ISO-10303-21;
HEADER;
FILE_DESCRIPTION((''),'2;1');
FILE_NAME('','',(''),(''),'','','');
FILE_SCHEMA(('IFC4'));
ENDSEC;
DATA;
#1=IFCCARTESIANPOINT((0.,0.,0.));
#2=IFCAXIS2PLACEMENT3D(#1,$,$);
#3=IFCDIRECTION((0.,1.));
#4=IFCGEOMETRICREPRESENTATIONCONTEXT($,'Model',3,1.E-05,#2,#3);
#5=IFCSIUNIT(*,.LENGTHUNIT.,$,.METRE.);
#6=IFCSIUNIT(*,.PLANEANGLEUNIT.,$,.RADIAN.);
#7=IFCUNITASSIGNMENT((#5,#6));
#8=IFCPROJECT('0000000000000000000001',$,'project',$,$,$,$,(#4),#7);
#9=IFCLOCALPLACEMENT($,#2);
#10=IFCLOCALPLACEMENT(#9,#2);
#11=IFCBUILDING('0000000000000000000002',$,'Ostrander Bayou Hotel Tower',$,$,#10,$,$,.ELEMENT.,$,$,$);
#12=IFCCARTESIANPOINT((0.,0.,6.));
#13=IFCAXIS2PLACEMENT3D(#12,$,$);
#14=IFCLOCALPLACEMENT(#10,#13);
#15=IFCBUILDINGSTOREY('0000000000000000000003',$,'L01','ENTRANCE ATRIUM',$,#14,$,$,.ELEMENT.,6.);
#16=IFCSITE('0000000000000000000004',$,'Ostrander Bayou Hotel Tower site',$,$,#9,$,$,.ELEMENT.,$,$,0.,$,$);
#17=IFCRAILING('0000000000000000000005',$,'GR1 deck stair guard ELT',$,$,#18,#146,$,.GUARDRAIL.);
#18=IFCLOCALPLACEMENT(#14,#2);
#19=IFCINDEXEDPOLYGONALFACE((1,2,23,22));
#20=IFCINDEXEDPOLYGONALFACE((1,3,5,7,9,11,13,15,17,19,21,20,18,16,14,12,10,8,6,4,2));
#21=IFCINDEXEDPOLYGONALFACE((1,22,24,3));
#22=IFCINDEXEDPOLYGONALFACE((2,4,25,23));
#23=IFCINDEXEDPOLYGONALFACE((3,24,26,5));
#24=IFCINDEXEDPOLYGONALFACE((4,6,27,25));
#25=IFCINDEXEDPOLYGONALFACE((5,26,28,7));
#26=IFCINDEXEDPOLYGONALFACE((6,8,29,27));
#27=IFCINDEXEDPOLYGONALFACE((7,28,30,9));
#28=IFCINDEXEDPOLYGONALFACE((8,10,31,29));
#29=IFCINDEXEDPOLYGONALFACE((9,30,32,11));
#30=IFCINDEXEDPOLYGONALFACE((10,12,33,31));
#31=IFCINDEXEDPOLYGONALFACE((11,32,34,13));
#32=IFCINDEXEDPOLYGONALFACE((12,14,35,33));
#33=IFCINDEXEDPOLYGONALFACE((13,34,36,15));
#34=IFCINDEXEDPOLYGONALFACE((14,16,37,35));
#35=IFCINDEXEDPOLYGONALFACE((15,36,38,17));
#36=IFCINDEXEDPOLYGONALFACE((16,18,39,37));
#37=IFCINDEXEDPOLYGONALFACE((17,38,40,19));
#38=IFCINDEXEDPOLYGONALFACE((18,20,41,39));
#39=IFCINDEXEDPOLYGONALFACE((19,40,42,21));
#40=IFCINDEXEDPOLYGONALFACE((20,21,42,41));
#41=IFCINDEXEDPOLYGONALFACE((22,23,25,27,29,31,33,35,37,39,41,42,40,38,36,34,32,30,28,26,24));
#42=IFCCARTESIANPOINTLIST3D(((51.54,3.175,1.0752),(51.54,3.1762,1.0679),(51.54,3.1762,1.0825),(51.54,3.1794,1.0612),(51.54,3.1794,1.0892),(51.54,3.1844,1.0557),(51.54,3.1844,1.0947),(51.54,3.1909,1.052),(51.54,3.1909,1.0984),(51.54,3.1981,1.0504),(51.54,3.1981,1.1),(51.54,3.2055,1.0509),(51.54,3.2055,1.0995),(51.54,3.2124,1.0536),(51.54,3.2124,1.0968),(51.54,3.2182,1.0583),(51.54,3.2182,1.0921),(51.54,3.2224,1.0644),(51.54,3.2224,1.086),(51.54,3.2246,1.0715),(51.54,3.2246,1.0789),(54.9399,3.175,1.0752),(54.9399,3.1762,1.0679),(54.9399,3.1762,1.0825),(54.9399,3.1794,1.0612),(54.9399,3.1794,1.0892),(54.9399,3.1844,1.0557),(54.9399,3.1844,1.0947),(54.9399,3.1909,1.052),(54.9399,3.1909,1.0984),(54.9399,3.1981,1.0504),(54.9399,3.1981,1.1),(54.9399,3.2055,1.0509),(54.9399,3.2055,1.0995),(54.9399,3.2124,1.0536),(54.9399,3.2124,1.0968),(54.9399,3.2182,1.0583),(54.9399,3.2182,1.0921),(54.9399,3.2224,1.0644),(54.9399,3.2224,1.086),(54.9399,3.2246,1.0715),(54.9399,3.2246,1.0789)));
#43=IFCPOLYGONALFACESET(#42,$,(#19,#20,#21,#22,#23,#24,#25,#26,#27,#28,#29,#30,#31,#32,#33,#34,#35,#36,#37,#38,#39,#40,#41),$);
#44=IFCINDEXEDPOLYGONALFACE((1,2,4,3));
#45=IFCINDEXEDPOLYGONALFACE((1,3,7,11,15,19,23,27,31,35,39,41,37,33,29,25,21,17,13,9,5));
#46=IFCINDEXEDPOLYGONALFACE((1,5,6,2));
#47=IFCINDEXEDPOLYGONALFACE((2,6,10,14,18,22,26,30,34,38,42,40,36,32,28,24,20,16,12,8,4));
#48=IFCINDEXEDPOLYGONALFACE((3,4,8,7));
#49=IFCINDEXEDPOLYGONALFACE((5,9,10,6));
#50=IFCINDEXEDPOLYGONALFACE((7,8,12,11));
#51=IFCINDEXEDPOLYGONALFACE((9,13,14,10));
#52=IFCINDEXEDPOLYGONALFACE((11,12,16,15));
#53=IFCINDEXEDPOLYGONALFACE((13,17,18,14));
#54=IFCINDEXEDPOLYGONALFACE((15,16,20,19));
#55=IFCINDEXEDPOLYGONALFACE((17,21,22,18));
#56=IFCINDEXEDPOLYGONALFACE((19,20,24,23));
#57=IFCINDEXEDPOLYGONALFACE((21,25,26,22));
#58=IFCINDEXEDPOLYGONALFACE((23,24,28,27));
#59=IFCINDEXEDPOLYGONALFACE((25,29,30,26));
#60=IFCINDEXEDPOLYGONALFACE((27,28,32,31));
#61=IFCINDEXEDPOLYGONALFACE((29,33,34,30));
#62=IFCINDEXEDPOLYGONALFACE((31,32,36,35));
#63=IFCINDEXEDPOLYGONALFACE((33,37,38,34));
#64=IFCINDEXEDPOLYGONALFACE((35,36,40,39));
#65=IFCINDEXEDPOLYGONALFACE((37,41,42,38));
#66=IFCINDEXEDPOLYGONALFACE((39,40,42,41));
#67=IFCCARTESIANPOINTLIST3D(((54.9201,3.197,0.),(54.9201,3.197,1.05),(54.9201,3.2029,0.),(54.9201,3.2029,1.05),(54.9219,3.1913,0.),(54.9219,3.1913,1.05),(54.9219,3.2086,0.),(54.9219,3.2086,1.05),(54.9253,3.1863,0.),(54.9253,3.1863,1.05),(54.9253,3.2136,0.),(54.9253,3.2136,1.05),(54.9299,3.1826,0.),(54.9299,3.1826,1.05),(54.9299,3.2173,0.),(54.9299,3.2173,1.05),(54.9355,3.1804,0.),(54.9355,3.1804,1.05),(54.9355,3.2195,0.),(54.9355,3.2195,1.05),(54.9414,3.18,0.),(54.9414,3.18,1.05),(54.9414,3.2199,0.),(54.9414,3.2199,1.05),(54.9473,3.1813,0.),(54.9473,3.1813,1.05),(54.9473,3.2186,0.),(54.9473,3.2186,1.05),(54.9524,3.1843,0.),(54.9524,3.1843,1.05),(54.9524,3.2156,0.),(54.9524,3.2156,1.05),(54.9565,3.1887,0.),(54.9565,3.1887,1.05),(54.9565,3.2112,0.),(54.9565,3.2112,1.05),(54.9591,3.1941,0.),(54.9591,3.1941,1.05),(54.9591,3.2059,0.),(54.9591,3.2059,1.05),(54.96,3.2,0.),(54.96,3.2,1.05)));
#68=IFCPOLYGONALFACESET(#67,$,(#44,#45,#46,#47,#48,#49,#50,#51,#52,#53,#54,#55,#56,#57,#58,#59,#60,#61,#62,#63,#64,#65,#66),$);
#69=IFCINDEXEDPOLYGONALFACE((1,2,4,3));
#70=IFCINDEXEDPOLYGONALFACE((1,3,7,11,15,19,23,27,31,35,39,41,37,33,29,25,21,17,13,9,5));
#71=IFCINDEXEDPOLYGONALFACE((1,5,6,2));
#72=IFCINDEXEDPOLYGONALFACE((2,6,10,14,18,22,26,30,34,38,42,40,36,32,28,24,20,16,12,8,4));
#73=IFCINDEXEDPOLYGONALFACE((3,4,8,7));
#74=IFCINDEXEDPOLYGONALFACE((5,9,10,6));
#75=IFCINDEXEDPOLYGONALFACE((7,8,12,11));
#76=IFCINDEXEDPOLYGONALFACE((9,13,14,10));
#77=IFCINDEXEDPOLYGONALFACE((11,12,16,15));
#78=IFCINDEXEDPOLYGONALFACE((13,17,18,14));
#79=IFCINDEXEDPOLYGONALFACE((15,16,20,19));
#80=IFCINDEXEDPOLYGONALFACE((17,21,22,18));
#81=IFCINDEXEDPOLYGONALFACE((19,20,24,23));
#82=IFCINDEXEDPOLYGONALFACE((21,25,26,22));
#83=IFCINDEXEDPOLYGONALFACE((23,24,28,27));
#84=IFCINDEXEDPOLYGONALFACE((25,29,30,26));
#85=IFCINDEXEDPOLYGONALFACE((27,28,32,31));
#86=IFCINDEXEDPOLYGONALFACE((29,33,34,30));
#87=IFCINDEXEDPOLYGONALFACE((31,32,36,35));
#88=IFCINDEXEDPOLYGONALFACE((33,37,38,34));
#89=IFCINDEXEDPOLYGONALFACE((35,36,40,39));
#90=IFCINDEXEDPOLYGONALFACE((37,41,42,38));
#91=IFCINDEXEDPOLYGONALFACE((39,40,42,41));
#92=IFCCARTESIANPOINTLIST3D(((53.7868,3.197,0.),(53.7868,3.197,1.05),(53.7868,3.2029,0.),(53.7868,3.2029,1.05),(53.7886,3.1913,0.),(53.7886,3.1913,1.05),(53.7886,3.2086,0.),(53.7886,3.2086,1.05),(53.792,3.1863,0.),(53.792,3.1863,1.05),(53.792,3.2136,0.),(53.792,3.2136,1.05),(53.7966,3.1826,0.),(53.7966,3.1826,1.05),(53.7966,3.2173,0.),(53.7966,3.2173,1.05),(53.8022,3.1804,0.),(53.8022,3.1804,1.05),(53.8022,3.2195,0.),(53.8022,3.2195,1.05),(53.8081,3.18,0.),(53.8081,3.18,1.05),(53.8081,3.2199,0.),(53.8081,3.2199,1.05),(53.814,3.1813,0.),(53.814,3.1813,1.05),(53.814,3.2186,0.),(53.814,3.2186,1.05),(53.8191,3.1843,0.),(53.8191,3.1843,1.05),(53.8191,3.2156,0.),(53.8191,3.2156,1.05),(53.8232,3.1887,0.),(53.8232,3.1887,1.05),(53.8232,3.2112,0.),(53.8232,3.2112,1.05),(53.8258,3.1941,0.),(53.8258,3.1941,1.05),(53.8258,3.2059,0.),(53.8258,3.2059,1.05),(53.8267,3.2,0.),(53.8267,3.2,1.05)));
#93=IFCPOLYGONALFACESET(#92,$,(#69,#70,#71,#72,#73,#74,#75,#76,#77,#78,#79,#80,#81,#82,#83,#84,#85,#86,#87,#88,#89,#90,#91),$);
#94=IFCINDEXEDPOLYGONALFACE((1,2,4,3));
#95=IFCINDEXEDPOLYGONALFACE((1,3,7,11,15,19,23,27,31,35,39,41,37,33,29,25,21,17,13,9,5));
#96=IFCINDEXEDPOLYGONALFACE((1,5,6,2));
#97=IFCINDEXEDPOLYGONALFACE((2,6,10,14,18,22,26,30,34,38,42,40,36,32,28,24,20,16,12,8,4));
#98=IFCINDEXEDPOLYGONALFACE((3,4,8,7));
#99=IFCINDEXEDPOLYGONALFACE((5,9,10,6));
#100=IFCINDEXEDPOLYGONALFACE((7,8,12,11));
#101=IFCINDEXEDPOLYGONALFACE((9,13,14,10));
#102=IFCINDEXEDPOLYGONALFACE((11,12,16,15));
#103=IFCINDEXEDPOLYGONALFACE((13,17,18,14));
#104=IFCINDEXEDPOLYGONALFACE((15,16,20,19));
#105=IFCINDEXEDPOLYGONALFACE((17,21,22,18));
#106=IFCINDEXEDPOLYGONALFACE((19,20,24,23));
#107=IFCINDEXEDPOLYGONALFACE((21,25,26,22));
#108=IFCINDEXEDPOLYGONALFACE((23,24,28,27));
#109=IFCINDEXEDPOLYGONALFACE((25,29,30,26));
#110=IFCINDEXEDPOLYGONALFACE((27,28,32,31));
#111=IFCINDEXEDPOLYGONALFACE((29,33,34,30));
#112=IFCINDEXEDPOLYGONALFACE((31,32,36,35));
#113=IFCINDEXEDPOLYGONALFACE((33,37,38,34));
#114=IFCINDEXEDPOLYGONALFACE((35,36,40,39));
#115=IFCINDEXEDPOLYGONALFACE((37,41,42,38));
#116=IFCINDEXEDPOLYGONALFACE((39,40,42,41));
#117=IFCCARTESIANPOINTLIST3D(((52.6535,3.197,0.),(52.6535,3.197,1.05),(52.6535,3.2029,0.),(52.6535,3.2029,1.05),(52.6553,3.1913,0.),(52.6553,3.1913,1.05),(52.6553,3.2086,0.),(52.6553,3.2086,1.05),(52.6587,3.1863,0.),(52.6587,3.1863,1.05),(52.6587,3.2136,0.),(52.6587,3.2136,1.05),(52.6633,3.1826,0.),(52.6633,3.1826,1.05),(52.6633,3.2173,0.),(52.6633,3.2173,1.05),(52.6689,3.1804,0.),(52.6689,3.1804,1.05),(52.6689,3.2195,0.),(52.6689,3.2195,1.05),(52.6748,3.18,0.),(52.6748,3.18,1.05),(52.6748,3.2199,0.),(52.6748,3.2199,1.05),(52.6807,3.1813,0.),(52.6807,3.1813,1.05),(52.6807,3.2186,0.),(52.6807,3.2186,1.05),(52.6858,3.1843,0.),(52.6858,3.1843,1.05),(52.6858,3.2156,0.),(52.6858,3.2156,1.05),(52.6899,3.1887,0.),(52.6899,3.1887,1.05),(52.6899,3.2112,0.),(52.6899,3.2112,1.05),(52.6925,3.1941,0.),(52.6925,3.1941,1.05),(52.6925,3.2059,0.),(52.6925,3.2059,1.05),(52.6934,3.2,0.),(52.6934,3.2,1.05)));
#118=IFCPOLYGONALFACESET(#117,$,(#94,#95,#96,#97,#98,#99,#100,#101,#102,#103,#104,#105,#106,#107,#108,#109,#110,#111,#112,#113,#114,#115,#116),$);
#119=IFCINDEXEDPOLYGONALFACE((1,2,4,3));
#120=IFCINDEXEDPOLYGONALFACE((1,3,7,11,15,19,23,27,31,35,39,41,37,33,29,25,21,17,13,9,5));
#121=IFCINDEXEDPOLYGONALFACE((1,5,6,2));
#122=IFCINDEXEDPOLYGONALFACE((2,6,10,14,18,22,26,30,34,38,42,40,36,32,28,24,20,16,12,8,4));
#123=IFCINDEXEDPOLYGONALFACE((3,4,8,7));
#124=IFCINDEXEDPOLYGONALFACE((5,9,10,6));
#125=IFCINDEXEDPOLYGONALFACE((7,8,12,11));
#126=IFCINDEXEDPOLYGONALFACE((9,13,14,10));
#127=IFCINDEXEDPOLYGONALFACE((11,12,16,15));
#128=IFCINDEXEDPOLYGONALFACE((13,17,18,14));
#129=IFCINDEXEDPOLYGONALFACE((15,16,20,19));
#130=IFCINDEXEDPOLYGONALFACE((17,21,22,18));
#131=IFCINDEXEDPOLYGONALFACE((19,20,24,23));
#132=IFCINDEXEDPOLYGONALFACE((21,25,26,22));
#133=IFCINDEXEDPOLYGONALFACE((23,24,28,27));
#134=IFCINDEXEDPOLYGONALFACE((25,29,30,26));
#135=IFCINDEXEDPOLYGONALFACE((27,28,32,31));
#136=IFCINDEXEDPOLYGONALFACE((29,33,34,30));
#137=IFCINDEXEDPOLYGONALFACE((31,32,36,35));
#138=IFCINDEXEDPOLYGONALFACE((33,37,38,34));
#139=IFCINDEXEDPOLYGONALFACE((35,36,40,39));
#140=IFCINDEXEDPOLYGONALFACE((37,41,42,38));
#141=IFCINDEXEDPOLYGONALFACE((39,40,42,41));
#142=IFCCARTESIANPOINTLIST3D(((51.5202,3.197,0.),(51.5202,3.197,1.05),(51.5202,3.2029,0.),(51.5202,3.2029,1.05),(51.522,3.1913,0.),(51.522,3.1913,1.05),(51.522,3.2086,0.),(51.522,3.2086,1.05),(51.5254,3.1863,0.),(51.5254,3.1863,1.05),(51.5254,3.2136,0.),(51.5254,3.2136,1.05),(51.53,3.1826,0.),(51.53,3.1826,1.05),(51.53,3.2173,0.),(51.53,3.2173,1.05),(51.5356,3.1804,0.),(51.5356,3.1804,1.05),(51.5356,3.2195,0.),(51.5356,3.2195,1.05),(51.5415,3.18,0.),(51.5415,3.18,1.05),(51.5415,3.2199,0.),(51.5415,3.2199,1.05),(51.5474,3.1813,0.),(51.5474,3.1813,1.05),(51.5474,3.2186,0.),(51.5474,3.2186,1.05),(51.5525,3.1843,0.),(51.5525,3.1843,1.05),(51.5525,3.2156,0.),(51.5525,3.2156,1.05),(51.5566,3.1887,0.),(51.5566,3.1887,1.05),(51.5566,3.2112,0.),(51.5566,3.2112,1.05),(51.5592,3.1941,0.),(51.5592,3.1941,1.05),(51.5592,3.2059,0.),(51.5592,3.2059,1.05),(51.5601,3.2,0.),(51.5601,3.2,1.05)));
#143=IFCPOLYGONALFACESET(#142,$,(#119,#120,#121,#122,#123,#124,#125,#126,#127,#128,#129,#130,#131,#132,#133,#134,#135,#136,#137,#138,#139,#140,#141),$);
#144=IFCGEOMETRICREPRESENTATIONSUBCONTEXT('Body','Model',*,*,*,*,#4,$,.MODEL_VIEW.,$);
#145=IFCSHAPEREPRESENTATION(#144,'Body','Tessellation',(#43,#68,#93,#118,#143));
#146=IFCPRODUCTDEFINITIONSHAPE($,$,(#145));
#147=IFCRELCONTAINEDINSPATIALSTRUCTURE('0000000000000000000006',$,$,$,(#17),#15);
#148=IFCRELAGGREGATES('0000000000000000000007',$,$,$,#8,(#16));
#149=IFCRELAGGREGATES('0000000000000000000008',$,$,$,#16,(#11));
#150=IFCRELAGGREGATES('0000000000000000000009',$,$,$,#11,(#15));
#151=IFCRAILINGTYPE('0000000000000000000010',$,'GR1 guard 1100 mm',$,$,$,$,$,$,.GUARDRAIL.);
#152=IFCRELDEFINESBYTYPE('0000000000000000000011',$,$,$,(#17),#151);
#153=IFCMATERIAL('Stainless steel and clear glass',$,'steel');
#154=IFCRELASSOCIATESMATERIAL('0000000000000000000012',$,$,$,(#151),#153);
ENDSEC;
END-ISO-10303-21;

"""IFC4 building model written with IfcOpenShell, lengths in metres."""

from ifc_helpers import new_model, si_unit, direction, frame, origin, origin_2d, place, context, subcontext, project, spatial, circle, extrude, material, type_object, element, save


model = new_model("IFC4")

# Units and contexts
model_context = context("Model", 3, precision=1e-05, world=origin(), true_north=direction((0.0, 1.0)))
body_context = subcontext(model_context, "Body", "Model", "MODEL_VIEW")
ifc_project = project(units=[si_unit("LENGTHUNIT", "METRE"), si_unit("PLANEANGLEUNIT", "RADIAN")], contexts=[model_context])

# Site, building, storey
site_placement = place(None, origin())
site = spatial("IfcSite", under=ifc_project, at=site_placement, Name="Ostrander Bayou Hotel Tower site", CompositionType="ELEMENT", RefElevation=0.0)
building_placement = place(site_placement, origin())
building = spatial("IfcBuilding", under=site, at=building_placement, Name="Ostrander Bayou Hotel Tower", CompositionType="ELEMENT")
storey_placement = place(building_placement, frame((0.0, 0.0, 6.0)))
storey = spatial("IfcBuildingStorey", under=building, at=storey_placement, Name="L01", Description="ENTRANCE ATRIUM", CompositionType="ELEMENT", Elevation=6.0)

# Railing
ifc_material_1 = material(Name="Stainless steel and clear glass", Category="steel")
railing_type = type_object("IfcRailingType", Name="GR1 guard 1100 mm", PredefinedType="GUARDRAIL", material=ifc_material_1)
railing_1_placement = place(storey_placement, frame((54.9399, 3.2, 0.0)))
element("IfcRailing", 1, at=railing_1_placement, inside=storey, type_object=railing_type, Name="GR1 deck stair guard ELT", PredefinedType="GUARDRAIL", context=body_context, shape_type="SweptSolid", body=[
    extrude(circle(Radius=0.0249, at=origin_2d()), frame((0.0, 0.0, 1.0752), z_axis=(-1.0, 0.0, 0.0), x_axis=(0.0, -1.0, 0.0)), (0.0, 0.0, 1.0), 3.3999),
    extrude(circle(Radius=0.02, at=origin_2d()), origin(), (0.0, 0.0, 1.0), 1.05),
    extrude(circle(Radius=0.02, at=origin_2d()), frame((-1.1333, 0.0, 0.0)), (0.0, 0.0, 1.0), 1.05),
    extrude(circle(Radius=0.02, at=origin_2d()), frame((-2.2666, 0.0, 0.0)), (0.0, 0.0, 1.0), 1.05),
    extrude(circle(Radius=0.02, at=origin_2d()), frame((-3.3999, 0.0, 0.0)), (0.0, 0.0, 1.0), 1.05),
])

save(model, "model.ifc")
